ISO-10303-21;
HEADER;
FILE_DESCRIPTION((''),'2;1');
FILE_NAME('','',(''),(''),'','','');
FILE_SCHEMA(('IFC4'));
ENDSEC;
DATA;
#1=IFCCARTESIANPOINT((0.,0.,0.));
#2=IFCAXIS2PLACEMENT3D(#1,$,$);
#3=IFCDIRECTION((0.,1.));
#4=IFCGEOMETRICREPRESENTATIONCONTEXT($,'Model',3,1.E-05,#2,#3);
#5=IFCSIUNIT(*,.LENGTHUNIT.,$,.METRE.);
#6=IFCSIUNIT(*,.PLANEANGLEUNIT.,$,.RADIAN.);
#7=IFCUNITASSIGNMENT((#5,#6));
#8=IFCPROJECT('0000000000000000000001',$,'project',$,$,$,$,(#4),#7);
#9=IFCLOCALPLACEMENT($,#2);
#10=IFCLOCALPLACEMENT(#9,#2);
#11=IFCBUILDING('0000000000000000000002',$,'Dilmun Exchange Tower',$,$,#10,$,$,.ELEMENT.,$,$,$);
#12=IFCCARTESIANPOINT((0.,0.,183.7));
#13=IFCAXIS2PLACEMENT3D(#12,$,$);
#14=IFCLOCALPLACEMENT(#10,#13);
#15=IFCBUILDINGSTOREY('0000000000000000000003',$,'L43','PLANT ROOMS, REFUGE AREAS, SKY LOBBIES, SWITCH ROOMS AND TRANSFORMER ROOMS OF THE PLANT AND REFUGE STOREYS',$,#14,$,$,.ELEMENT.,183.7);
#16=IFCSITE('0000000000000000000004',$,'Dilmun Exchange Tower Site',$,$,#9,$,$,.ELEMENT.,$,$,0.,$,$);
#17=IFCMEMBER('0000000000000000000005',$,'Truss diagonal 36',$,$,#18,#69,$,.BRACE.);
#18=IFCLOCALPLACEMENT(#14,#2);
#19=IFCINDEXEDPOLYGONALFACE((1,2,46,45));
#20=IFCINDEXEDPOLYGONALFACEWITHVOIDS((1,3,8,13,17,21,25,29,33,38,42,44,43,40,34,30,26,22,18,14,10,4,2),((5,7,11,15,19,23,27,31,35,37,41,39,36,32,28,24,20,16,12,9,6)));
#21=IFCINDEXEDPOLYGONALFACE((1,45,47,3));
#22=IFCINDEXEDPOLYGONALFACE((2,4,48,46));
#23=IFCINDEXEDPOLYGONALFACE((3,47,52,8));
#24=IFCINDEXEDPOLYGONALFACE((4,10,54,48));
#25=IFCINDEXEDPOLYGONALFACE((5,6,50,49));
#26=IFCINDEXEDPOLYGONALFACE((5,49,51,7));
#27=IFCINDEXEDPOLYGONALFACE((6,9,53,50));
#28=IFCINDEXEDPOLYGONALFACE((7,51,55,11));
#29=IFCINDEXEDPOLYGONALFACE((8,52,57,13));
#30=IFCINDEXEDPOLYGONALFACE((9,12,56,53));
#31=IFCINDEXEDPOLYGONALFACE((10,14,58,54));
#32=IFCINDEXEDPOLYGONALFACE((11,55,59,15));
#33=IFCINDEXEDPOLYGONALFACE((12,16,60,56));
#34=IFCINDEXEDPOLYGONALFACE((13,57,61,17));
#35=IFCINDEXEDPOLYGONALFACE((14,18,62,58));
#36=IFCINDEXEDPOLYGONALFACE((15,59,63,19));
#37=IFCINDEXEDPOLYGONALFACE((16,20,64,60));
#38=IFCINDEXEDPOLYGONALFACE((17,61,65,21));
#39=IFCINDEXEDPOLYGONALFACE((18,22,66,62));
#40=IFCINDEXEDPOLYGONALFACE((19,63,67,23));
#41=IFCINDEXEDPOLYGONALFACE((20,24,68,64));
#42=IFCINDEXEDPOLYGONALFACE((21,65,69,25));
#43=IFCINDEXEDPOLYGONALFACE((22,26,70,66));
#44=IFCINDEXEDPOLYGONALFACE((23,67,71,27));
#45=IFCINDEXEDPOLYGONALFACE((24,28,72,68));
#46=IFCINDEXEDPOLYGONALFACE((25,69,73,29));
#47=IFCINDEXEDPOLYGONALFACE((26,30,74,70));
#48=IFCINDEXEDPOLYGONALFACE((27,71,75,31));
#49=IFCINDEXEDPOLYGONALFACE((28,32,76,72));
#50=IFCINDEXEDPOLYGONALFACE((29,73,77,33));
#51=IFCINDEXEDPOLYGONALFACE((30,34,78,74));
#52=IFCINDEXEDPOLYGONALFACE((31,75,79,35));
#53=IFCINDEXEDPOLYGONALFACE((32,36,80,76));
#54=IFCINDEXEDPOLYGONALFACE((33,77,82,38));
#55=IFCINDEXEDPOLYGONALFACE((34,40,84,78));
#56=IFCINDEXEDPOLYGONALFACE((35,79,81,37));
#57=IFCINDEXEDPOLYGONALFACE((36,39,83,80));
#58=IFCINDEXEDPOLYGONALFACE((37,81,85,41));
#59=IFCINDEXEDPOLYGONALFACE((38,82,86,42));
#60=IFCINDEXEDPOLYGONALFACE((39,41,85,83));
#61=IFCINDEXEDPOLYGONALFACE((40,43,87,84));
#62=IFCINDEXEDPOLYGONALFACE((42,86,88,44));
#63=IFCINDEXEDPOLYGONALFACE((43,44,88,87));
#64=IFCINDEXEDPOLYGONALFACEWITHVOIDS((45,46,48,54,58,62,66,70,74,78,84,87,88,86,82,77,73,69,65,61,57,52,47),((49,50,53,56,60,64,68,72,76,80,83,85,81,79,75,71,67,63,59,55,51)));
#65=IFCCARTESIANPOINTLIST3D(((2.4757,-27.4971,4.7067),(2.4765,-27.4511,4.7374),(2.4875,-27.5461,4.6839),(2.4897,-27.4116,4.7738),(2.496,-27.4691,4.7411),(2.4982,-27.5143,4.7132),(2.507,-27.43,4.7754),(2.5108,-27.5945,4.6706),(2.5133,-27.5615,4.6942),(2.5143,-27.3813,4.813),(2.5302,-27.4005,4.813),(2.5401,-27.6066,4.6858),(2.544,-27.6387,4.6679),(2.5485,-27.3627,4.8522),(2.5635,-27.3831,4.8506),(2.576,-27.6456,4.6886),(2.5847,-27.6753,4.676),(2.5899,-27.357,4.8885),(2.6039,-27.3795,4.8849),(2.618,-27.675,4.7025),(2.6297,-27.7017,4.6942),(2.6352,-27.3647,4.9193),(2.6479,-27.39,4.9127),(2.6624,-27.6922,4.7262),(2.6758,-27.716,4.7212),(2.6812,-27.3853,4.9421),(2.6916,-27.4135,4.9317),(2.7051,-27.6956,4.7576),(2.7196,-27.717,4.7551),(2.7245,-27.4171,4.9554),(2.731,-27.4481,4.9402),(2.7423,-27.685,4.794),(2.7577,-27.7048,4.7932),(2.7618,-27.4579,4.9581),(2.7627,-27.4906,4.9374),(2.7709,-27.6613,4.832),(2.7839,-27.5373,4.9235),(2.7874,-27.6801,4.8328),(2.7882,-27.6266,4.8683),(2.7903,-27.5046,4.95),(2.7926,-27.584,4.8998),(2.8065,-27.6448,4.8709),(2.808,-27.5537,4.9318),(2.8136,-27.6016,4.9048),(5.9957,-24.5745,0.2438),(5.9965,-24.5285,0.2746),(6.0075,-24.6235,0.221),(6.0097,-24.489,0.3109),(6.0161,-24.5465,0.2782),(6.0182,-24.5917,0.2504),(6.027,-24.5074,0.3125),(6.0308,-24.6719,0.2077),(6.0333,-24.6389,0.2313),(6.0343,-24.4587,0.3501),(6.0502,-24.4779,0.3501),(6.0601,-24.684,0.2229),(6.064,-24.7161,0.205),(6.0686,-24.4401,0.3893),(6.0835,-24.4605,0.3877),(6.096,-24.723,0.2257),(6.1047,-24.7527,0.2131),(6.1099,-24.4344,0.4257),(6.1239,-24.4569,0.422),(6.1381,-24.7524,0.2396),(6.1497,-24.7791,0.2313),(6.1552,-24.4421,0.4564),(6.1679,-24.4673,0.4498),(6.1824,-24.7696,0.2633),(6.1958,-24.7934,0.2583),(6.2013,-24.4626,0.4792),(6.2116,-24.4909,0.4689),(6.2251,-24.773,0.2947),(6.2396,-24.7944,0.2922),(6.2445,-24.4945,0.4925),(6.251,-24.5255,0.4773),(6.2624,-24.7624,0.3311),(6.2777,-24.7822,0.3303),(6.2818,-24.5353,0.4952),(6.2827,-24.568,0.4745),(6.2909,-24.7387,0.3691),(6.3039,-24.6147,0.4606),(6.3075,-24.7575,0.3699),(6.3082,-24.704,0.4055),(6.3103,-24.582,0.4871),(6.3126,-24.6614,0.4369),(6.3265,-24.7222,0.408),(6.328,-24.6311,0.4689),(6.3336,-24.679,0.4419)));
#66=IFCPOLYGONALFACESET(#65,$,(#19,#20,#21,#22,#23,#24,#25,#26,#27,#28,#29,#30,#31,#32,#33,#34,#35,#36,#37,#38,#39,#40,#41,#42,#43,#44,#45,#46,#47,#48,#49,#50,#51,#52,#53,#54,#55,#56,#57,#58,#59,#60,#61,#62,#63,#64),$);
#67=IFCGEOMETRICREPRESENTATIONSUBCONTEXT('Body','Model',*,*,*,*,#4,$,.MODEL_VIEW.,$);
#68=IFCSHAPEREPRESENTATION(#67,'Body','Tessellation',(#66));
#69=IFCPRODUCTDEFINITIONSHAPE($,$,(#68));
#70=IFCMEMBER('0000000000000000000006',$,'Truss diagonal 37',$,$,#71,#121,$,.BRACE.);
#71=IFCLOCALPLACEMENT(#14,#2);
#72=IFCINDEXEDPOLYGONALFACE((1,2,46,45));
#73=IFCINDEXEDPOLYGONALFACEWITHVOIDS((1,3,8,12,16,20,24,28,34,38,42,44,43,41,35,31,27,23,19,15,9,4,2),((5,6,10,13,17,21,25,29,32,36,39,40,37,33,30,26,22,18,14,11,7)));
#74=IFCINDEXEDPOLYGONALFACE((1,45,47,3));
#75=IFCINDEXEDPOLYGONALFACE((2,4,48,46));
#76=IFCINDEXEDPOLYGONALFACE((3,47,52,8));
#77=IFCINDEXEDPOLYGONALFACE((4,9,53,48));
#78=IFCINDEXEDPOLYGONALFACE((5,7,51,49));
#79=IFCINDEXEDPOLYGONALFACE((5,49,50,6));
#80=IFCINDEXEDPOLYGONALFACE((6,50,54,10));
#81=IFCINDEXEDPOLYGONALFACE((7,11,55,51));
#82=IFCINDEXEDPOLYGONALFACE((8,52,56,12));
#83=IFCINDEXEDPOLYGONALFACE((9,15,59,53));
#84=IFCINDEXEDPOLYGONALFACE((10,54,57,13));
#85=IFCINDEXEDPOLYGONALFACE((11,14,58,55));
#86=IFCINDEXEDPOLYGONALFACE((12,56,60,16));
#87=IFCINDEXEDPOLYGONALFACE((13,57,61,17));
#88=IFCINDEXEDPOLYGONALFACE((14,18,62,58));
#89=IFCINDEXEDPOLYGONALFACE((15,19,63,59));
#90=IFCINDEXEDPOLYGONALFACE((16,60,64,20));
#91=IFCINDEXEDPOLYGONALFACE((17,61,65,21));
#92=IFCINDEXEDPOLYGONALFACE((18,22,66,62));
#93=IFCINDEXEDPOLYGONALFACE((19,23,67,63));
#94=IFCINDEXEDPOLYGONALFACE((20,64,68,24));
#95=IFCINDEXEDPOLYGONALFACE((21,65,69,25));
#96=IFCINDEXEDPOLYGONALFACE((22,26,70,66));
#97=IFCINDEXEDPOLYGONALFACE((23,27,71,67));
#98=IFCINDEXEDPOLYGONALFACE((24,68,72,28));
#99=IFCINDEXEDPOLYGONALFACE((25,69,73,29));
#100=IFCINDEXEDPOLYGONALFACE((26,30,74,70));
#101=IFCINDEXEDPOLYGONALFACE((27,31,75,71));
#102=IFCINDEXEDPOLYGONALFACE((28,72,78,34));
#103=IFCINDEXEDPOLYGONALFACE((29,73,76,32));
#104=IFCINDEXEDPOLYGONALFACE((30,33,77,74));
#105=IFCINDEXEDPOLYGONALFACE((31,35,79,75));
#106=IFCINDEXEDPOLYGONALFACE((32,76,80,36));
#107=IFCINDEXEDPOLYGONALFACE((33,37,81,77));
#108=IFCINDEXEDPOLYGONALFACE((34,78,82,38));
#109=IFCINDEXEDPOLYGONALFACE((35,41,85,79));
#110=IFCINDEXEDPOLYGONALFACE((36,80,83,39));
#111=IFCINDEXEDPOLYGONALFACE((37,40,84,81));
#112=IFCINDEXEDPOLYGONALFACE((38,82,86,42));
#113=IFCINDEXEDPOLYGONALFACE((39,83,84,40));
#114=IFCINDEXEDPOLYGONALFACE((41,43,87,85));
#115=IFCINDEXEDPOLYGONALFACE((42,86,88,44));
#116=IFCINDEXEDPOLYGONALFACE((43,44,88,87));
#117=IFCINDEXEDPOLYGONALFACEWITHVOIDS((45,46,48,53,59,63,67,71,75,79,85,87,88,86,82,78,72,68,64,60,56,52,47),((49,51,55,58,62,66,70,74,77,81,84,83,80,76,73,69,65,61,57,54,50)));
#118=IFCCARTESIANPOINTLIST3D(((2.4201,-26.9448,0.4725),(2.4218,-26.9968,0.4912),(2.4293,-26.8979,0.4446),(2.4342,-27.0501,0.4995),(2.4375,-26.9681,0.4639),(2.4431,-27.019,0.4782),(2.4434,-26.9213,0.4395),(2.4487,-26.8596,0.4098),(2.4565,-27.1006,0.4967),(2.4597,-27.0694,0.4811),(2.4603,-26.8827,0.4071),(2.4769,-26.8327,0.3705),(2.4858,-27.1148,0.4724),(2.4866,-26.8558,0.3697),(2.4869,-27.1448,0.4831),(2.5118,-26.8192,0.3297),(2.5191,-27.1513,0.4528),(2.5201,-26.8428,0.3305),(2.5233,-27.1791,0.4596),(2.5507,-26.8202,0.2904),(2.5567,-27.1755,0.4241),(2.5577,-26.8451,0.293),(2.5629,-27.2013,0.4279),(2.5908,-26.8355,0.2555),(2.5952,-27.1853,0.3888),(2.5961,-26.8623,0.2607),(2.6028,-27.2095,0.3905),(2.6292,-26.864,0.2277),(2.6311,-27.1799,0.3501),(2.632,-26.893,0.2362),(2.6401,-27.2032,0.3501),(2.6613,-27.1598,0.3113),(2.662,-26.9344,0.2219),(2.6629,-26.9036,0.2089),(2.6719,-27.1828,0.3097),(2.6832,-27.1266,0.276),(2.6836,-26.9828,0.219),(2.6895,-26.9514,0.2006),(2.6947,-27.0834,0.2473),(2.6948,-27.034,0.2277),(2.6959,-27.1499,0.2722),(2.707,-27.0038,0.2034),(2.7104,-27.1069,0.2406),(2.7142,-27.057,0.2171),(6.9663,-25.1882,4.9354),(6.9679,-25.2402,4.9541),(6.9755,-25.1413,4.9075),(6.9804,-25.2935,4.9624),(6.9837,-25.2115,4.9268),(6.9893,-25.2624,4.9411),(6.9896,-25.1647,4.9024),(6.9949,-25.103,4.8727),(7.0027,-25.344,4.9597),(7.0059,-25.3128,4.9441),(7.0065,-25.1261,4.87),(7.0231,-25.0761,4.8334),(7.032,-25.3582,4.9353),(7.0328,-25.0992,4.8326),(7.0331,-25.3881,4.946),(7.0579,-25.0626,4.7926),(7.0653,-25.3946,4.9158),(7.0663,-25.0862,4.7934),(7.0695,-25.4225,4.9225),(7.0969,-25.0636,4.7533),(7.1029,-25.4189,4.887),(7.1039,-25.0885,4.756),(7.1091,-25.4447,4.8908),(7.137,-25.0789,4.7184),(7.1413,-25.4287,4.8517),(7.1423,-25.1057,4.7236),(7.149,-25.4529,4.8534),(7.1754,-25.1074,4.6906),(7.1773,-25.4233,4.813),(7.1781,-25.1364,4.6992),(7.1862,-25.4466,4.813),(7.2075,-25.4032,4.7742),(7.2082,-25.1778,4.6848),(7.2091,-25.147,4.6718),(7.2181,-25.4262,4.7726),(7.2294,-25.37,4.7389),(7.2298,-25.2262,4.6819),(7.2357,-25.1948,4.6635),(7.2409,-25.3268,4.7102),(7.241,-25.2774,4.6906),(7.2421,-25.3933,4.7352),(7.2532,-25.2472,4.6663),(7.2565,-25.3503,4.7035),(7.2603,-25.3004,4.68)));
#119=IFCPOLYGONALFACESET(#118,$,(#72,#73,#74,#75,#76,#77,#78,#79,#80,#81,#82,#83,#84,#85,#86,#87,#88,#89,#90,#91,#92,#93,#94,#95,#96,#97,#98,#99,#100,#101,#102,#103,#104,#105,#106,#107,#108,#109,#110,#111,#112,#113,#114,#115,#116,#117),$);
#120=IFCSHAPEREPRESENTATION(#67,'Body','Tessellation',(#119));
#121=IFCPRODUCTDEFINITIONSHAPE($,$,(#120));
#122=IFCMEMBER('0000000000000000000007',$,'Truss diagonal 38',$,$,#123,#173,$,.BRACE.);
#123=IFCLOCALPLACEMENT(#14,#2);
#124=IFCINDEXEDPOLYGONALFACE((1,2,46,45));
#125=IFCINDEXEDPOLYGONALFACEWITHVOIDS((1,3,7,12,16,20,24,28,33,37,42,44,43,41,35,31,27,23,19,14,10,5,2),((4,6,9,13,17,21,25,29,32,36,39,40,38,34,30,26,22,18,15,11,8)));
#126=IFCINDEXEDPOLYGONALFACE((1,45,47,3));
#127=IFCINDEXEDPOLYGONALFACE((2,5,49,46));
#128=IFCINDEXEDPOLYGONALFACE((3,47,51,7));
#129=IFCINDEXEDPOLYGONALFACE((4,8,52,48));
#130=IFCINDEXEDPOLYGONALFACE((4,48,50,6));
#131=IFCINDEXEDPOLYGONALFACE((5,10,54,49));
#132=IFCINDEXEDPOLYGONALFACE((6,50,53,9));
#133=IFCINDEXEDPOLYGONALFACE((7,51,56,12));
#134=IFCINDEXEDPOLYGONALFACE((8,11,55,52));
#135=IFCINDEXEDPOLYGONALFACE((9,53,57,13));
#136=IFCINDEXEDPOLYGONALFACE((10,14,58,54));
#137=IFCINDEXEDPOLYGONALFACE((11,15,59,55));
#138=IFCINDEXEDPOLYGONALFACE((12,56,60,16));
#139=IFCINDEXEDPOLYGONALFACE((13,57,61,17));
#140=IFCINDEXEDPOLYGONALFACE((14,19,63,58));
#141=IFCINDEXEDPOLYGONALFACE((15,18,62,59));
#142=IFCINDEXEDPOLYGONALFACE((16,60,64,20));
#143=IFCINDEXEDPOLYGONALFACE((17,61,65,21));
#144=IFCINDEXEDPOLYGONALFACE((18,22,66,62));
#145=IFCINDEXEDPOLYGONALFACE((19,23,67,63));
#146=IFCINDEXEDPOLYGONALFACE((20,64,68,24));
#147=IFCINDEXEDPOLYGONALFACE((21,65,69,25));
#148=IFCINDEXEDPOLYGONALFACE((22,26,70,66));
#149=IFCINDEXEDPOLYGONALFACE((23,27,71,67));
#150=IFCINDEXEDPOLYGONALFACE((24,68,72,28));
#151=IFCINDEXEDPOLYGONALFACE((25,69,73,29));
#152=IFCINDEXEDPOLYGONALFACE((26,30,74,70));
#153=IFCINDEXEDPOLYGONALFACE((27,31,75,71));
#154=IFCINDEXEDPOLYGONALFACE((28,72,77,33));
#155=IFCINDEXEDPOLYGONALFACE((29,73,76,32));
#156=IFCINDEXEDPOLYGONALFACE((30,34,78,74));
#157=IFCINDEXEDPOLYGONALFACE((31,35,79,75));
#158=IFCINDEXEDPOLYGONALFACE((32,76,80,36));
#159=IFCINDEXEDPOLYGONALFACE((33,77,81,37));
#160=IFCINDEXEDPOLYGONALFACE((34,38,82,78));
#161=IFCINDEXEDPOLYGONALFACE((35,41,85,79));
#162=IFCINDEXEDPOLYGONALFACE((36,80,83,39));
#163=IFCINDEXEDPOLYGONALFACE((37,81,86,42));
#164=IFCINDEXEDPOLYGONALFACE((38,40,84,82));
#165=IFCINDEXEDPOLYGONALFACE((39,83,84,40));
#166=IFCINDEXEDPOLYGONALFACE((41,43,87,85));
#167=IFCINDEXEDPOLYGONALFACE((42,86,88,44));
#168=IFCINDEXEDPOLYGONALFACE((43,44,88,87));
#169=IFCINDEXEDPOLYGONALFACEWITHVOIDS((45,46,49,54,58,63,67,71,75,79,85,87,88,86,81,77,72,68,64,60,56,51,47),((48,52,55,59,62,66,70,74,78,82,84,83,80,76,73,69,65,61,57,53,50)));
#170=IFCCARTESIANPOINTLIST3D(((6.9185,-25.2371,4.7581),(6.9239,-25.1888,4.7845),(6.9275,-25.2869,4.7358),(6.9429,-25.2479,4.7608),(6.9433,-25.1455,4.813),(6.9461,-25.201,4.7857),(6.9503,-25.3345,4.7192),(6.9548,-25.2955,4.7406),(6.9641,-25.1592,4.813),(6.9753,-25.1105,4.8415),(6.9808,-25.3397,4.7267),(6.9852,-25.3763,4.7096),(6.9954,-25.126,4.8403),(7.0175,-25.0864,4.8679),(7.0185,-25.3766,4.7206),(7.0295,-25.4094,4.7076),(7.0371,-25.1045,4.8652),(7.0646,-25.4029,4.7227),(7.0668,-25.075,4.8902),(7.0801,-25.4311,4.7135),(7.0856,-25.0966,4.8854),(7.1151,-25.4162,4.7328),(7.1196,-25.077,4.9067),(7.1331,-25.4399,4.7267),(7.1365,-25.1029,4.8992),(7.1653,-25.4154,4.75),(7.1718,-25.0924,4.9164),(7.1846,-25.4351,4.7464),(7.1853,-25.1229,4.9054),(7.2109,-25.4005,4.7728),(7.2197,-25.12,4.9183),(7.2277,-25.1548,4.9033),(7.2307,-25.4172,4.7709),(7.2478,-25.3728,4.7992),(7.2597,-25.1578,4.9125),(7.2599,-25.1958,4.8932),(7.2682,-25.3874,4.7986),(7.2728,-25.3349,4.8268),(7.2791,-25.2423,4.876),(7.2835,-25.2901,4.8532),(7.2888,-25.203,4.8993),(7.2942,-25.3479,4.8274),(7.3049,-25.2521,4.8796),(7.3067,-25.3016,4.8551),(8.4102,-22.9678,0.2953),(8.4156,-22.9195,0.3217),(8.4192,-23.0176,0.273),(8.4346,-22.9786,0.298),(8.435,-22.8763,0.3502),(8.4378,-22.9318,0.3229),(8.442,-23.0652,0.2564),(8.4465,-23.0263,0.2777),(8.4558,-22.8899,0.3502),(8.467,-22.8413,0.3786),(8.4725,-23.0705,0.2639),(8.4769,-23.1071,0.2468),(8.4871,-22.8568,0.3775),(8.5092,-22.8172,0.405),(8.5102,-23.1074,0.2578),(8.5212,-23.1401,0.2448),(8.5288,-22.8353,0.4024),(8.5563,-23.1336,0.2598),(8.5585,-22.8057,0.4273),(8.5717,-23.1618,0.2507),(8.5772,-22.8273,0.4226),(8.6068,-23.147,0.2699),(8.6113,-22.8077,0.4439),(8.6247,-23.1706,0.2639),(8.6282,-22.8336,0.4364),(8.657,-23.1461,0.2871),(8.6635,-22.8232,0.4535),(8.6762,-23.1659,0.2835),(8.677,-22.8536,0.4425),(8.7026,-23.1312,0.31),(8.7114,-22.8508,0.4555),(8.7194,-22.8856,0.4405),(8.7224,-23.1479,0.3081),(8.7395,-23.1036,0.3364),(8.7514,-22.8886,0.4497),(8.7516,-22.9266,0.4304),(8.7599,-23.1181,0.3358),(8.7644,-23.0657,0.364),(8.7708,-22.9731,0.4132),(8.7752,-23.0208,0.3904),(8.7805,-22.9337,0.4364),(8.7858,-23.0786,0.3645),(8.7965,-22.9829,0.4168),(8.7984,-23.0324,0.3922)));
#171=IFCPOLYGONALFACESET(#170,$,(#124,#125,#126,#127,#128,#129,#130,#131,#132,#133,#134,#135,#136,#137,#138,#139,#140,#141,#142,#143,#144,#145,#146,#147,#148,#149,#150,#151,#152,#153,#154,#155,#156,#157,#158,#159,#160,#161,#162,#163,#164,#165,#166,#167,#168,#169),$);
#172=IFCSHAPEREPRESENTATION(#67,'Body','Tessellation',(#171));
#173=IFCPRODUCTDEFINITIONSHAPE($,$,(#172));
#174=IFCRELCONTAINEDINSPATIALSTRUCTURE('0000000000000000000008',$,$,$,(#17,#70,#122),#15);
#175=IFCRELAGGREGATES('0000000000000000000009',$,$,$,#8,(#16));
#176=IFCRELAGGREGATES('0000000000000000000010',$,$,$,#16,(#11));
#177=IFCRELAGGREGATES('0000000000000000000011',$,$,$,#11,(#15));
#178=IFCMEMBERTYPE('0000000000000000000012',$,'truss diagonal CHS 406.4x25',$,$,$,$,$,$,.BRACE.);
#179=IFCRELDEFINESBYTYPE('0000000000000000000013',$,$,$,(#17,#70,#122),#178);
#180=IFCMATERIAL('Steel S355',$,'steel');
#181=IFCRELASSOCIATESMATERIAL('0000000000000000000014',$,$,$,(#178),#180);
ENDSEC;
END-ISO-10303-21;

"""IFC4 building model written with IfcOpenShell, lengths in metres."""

from ifc_helpers import new_model, si_unit, direction, frame, origin, origin_2d, place, context, subcontext, project, spatial, hollow_circle, extrude, material, material_profile, profile_set, type_object, element, save


model = new_model("IFC4")

# Units and contexts
model_context = context("Model", 3, precision=1e-05, world=origin(), true_north=direction((0.0, 1.0)))
body_context = subcontext(model_context, "Body", "Model", "MODEL_VIEW")
ifc_project = project(units=[si_unit("LENGTHUNIT", "METRE"), si_unit("PLANEANGLEUNIT", "RADIAN")], contexts=[model_context])

# Site, building, storey
site_placement = place(None, origin())
site = spatial("IfcSite", under=ifc_project, at=site_placement, Name="Dilmun Exchange Tower Site", CompositionType="ELEMENT", RefElevation=0.0)
building_placement = place(site_placement, origin())
building = spatial("IfcBuilding", under=site, at=building_placement, Name="Dilmun Exchange Tower", CompositionType="ELEMENT")
storey_placement = place(building_placement, frame((0.0, 0.0, 183.7)))
storey = spatial("IfcBuildingStorey", under=building, at=storey_placement, Name="L43", Description="PLANT ROOMS, REFUGE AREAS, SKY LOBBIES, SWITCH ROOMS AND TRANSFORMER ROOMS OF THE PLANT AND REFUGE STOREYS", CompositionType="ELEMENT", Elevation=183.7)

# Shared definitions
ifc_material_1 = material(Name="Steel S355", Category="steel")

# Members
ifc_material_profile_1 = material_profile(ifc_material_1, hollow_circle(Radius=0.2031, WallThickness=0.0249, at=origin_2d()), Name="CHS 406.4x25")
ifc_profile_set_1 = profile_set([ifc_material_profile_1], Name="Steel S355")
member_type = type_object("IfcMemberType", Name="truss diagonal CHS 406.4x25", PredefinedType="BRACE", material=ifc_profile_set_1)
member_1_placement = place(storey_placement, frame((2.644, -27.5376, 4.813), z_axis=(0.550746, 0.457274, -0.698269), x_axis=(-0.638798, 0.769375, 0.0)))
element("IfcMember", 1, at=member_1_placement, inside=storey, type_object=member_type, Name="Truss diagonal 36", PredefinedType="BRACE", context=body_context, shape_type="SweptSolid", body=[
    extrude(hollow_circle(Radius=0.2031, WallThickness=0.0249, at=origin_2d()), origin(), (0.0, 0.0, 1.0), 6.3914),
])
member_2_placement = place(storey_placement, frame((7.113, -25.2571, 4.813), z_axis=(-0.687938, -0.265814, -0.67534), x_axis=(0.360422, -0.932789, 0.0)))
element("IfcMember", 2, at=member_2_placement, inside=storey, type_object=member_type, Name="Truss diagonal 37", PredefinedType="BRACE", context=body_context, shape_type="SweptSolid", body=[
    extrude(hollow_circle(Radius=0.2031, WallThickness=0.0249, at=origin_2d()), origin(), (0.0, 0.0, 1.0), 6.6084),
])
member_3_placement = place(storey_placement, frame((7.113, -25.2571, 4.813), z_axis=(0.285537, 0.43438, -0.854273), x_axis=(-0.835629, 0.549294, 0.0)))
element("IfcMember", 3, at=member_3_placement, inside=storey, type_object=member_type, Name="Truss diagonal 38", PredefinedType="BRACE", context=body_context, shape_type="SweptSolid", body=[
    extrude(hollow_circle(Radius=0.2031, WallThickness=0.0249, at=origin_2d()), origin(), (0.0, 0.0, 1.0), 5.2241),
])

save(model, "model.ifc")
